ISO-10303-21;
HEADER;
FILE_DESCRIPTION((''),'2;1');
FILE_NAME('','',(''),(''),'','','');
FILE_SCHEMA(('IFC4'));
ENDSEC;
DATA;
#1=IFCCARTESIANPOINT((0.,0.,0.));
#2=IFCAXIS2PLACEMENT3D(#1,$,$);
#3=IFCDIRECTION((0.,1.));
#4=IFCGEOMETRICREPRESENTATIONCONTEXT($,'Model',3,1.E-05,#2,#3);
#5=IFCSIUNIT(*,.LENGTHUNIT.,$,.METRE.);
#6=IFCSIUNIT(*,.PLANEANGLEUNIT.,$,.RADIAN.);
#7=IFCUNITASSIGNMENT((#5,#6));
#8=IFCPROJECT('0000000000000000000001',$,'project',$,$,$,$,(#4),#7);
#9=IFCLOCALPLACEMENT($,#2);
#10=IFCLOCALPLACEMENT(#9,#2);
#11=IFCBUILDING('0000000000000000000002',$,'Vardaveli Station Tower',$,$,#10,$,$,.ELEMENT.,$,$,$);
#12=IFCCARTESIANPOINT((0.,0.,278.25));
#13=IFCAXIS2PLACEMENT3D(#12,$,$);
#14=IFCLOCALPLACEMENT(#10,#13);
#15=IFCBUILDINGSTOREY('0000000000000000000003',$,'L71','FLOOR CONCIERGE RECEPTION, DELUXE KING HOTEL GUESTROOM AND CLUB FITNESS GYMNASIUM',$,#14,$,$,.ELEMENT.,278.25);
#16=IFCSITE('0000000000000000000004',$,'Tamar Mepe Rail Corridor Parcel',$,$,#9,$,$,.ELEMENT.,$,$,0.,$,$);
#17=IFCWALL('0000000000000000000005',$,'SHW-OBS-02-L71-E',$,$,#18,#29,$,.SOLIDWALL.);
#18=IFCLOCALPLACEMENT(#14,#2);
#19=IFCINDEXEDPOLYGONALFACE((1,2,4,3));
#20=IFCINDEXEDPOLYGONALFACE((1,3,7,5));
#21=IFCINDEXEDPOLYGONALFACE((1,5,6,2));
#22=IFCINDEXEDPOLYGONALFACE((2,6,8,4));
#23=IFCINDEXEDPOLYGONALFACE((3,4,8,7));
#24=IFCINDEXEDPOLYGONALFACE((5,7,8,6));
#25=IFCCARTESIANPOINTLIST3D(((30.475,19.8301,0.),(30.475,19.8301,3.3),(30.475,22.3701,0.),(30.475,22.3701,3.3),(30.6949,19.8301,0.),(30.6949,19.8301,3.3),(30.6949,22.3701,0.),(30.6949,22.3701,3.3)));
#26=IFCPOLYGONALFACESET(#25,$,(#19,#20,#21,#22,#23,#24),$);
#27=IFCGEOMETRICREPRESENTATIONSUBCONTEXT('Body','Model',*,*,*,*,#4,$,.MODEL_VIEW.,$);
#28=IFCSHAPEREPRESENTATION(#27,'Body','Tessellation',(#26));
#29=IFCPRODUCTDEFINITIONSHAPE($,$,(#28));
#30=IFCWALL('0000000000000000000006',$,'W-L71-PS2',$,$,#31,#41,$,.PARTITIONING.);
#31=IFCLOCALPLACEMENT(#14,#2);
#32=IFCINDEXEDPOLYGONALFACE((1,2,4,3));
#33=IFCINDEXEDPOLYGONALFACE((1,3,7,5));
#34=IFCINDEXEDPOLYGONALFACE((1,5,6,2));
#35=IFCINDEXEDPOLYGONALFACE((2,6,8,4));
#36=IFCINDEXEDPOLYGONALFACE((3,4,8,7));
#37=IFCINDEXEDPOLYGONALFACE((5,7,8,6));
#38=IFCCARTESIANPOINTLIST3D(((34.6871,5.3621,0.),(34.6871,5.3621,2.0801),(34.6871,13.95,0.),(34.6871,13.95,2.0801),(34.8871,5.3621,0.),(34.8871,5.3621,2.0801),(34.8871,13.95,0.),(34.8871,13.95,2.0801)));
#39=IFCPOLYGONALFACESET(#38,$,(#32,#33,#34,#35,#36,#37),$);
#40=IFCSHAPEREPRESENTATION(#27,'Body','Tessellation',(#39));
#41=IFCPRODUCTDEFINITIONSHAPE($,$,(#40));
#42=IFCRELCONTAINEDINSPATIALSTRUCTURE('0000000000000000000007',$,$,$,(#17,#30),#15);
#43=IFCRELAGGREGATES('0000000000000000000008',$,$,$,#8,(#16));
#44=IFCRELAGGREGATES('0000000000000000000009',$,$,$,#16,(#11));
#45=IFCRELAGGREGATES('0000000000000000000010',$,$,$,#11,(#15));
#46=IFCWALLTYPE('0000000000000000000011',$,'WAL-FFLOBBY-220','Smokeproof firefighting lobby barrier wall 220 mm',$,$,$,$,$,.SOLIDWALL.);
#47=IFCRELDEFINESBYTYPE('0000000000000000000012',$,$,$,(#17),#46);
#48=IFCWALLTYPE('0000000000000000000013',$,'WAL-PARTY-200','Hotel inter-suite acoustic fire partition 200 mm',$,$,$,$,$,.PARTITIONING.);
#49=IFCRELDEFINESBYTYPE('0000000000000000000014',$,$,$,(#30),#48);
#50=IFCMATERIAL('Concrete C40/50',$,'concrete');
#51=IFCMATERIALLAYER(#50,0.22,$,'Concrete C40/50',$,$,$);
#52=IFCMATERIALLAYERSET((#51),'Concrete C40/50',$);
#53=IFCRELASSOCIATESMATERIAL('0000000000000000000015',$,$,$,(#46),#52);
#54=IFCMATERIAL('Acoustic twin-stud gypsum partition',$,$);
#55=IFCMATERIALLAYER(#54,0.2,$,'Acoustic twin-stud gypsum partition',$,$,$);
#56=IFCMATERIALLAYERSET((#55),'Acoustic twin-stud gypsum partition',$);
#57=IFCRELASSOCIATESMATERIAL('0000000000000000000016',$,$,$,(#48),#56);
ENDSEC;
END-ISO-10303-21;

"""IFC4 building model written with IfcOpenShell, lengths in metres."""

from ifc_helpers import new_model, si_unit, direction, frame, frame_2d, origin, place, context, subcontext, project, spatial, rectangle, extrude, source, transform, mapped, material, layer, layer_set, type_object, element, save


model = new_model("IFC4")

# Units and contexts
model_context = context("Model", 3, precision=1e-05, world=origin(), true_north=direction((0.0, 1.0)))
body_context = subcontext(model_context, "Body", "Model", "MODEL_VIEW")
ifc_project = project(units=[si_unit("LENGTHUNIT", "METRE"), si_unit("PLANEANGLEUNIT", "RADIAN")], contexts=[model_context])

# Site, building, storey
site_placement = place(None, origin())
site = spatial("IfcSite", under=ifc_project, at=site_placement, Name="Tamar Mepe Rail Corridor Parcel", CompositionType="ELEMENT", RefElevation=0.0)
building_placement = place(site_placement, origin())
building = spatial("IfcBuilding", under=site, at=building_placement, Name="Vardaveli Station Tower", CompositionType="ELEMENT")
storey_placement = place(building_placement, frame((0.0, 0.0, 278.25)))
storey = spatial("IfcBuildingStorey", under=building, at=storey_placement, Name="L71", Description="FLOOR CONCIERGE RECEPTION, DELUXE KING HOTEL GUESTROOM AND CLUB FITNESS GYMNASIUM", CompositionType="ELEMENT", Elevation=278.25)

# Walls
ifc_material_1 = material(Name="Concrete C40/50", Category="concrete")
ifc_layer_1 = layer(ifc_material_1, 0.22, Name="Concrete C40/50")
ifc_layer_set_1 = layer_set([ifc_layer_1], Name="Concrete C40/50")
wall_type_1 = type_object("IfcWallType", Name="WAL-FFLOBBY-220", Description="Smokeproof firefighting lobby barrier wall 220 mm", PredefinedType="SOLIDWALL", material=ifc_layer_set_1)
shared_shape_1 = source(origin(), body_context, "Body", "SweptSolid", [
    extrude(rectangle(XDim=2.54, YDim=0.22, at=frame_2d((1.27, 0.0))), origin(), (0.0, 0.0, 1.0), 3.3),
])
wall_1_placement = place(storey_placement, frame((30.585, 19.8301, 0.0), z_axis=(0.0, 0.0, 1.0), x_axis=(0.0, 1.0, 0.0)))
element("IfcWall", 1, at=wall_1_placement, inside=storey, type_object=wall_type_1, Name="SHW-OBS-02-L71-E", PredefinedType="SOLIDWALL", context=body_context, shape_type="MappedRepresentation", body=[
    mapped(shared_shape_1, transform((0.0, 0.0, 0.0), scale=1.0)),
])
ifc_material_2 = material(Name="Acoustic twin-stud gypsum partition")
ifc_layer_2 = layer(ifc_material_2, 0.2, Name="Acoustic twin-stud gypsum partition")
ifc_layer_set_2 = layer_set([ifc_layer_2], Name="Acoustic twin-stud gypsum partition")
wall_type_2 = type_object("IfcWallType", Name="WAL-PARTY-200", Description="Hotel inter-suite acoustic fire partition 200 mm", PredefinedType="PARTITIONING", material=ifc_layer_set_2)
shared_shape_2 = source(origin(), body_context, "Body", "SweptSolid", [
    extrude(rectangle(XDim=8.5879, YDim=0.2, at=frame_2d((4.2939, 0.0))), origin(), (0.0, 0.0, 1.0), 2.0801),
])
wall_2_placement = place(storey_placement, frame((34.7871, 5.3621, 0.0), z_axis=(0.0, 0.0, 1.0), x_axis=(0.0, 1.0, 0.0)))
element("IfcWall", 2, at=wall_2_placement, inside=storey, type_object=wall_type_2, Name="W-L71-PS2", PredefinedType="PARTITIONING", context=body_context, shape_type="MappedRepresentation", body=[
    mapped(shared_shape_2, transform((0.0, 0.0, 0.0), scale=1.0)),
])

save(model, "model.ifc")
